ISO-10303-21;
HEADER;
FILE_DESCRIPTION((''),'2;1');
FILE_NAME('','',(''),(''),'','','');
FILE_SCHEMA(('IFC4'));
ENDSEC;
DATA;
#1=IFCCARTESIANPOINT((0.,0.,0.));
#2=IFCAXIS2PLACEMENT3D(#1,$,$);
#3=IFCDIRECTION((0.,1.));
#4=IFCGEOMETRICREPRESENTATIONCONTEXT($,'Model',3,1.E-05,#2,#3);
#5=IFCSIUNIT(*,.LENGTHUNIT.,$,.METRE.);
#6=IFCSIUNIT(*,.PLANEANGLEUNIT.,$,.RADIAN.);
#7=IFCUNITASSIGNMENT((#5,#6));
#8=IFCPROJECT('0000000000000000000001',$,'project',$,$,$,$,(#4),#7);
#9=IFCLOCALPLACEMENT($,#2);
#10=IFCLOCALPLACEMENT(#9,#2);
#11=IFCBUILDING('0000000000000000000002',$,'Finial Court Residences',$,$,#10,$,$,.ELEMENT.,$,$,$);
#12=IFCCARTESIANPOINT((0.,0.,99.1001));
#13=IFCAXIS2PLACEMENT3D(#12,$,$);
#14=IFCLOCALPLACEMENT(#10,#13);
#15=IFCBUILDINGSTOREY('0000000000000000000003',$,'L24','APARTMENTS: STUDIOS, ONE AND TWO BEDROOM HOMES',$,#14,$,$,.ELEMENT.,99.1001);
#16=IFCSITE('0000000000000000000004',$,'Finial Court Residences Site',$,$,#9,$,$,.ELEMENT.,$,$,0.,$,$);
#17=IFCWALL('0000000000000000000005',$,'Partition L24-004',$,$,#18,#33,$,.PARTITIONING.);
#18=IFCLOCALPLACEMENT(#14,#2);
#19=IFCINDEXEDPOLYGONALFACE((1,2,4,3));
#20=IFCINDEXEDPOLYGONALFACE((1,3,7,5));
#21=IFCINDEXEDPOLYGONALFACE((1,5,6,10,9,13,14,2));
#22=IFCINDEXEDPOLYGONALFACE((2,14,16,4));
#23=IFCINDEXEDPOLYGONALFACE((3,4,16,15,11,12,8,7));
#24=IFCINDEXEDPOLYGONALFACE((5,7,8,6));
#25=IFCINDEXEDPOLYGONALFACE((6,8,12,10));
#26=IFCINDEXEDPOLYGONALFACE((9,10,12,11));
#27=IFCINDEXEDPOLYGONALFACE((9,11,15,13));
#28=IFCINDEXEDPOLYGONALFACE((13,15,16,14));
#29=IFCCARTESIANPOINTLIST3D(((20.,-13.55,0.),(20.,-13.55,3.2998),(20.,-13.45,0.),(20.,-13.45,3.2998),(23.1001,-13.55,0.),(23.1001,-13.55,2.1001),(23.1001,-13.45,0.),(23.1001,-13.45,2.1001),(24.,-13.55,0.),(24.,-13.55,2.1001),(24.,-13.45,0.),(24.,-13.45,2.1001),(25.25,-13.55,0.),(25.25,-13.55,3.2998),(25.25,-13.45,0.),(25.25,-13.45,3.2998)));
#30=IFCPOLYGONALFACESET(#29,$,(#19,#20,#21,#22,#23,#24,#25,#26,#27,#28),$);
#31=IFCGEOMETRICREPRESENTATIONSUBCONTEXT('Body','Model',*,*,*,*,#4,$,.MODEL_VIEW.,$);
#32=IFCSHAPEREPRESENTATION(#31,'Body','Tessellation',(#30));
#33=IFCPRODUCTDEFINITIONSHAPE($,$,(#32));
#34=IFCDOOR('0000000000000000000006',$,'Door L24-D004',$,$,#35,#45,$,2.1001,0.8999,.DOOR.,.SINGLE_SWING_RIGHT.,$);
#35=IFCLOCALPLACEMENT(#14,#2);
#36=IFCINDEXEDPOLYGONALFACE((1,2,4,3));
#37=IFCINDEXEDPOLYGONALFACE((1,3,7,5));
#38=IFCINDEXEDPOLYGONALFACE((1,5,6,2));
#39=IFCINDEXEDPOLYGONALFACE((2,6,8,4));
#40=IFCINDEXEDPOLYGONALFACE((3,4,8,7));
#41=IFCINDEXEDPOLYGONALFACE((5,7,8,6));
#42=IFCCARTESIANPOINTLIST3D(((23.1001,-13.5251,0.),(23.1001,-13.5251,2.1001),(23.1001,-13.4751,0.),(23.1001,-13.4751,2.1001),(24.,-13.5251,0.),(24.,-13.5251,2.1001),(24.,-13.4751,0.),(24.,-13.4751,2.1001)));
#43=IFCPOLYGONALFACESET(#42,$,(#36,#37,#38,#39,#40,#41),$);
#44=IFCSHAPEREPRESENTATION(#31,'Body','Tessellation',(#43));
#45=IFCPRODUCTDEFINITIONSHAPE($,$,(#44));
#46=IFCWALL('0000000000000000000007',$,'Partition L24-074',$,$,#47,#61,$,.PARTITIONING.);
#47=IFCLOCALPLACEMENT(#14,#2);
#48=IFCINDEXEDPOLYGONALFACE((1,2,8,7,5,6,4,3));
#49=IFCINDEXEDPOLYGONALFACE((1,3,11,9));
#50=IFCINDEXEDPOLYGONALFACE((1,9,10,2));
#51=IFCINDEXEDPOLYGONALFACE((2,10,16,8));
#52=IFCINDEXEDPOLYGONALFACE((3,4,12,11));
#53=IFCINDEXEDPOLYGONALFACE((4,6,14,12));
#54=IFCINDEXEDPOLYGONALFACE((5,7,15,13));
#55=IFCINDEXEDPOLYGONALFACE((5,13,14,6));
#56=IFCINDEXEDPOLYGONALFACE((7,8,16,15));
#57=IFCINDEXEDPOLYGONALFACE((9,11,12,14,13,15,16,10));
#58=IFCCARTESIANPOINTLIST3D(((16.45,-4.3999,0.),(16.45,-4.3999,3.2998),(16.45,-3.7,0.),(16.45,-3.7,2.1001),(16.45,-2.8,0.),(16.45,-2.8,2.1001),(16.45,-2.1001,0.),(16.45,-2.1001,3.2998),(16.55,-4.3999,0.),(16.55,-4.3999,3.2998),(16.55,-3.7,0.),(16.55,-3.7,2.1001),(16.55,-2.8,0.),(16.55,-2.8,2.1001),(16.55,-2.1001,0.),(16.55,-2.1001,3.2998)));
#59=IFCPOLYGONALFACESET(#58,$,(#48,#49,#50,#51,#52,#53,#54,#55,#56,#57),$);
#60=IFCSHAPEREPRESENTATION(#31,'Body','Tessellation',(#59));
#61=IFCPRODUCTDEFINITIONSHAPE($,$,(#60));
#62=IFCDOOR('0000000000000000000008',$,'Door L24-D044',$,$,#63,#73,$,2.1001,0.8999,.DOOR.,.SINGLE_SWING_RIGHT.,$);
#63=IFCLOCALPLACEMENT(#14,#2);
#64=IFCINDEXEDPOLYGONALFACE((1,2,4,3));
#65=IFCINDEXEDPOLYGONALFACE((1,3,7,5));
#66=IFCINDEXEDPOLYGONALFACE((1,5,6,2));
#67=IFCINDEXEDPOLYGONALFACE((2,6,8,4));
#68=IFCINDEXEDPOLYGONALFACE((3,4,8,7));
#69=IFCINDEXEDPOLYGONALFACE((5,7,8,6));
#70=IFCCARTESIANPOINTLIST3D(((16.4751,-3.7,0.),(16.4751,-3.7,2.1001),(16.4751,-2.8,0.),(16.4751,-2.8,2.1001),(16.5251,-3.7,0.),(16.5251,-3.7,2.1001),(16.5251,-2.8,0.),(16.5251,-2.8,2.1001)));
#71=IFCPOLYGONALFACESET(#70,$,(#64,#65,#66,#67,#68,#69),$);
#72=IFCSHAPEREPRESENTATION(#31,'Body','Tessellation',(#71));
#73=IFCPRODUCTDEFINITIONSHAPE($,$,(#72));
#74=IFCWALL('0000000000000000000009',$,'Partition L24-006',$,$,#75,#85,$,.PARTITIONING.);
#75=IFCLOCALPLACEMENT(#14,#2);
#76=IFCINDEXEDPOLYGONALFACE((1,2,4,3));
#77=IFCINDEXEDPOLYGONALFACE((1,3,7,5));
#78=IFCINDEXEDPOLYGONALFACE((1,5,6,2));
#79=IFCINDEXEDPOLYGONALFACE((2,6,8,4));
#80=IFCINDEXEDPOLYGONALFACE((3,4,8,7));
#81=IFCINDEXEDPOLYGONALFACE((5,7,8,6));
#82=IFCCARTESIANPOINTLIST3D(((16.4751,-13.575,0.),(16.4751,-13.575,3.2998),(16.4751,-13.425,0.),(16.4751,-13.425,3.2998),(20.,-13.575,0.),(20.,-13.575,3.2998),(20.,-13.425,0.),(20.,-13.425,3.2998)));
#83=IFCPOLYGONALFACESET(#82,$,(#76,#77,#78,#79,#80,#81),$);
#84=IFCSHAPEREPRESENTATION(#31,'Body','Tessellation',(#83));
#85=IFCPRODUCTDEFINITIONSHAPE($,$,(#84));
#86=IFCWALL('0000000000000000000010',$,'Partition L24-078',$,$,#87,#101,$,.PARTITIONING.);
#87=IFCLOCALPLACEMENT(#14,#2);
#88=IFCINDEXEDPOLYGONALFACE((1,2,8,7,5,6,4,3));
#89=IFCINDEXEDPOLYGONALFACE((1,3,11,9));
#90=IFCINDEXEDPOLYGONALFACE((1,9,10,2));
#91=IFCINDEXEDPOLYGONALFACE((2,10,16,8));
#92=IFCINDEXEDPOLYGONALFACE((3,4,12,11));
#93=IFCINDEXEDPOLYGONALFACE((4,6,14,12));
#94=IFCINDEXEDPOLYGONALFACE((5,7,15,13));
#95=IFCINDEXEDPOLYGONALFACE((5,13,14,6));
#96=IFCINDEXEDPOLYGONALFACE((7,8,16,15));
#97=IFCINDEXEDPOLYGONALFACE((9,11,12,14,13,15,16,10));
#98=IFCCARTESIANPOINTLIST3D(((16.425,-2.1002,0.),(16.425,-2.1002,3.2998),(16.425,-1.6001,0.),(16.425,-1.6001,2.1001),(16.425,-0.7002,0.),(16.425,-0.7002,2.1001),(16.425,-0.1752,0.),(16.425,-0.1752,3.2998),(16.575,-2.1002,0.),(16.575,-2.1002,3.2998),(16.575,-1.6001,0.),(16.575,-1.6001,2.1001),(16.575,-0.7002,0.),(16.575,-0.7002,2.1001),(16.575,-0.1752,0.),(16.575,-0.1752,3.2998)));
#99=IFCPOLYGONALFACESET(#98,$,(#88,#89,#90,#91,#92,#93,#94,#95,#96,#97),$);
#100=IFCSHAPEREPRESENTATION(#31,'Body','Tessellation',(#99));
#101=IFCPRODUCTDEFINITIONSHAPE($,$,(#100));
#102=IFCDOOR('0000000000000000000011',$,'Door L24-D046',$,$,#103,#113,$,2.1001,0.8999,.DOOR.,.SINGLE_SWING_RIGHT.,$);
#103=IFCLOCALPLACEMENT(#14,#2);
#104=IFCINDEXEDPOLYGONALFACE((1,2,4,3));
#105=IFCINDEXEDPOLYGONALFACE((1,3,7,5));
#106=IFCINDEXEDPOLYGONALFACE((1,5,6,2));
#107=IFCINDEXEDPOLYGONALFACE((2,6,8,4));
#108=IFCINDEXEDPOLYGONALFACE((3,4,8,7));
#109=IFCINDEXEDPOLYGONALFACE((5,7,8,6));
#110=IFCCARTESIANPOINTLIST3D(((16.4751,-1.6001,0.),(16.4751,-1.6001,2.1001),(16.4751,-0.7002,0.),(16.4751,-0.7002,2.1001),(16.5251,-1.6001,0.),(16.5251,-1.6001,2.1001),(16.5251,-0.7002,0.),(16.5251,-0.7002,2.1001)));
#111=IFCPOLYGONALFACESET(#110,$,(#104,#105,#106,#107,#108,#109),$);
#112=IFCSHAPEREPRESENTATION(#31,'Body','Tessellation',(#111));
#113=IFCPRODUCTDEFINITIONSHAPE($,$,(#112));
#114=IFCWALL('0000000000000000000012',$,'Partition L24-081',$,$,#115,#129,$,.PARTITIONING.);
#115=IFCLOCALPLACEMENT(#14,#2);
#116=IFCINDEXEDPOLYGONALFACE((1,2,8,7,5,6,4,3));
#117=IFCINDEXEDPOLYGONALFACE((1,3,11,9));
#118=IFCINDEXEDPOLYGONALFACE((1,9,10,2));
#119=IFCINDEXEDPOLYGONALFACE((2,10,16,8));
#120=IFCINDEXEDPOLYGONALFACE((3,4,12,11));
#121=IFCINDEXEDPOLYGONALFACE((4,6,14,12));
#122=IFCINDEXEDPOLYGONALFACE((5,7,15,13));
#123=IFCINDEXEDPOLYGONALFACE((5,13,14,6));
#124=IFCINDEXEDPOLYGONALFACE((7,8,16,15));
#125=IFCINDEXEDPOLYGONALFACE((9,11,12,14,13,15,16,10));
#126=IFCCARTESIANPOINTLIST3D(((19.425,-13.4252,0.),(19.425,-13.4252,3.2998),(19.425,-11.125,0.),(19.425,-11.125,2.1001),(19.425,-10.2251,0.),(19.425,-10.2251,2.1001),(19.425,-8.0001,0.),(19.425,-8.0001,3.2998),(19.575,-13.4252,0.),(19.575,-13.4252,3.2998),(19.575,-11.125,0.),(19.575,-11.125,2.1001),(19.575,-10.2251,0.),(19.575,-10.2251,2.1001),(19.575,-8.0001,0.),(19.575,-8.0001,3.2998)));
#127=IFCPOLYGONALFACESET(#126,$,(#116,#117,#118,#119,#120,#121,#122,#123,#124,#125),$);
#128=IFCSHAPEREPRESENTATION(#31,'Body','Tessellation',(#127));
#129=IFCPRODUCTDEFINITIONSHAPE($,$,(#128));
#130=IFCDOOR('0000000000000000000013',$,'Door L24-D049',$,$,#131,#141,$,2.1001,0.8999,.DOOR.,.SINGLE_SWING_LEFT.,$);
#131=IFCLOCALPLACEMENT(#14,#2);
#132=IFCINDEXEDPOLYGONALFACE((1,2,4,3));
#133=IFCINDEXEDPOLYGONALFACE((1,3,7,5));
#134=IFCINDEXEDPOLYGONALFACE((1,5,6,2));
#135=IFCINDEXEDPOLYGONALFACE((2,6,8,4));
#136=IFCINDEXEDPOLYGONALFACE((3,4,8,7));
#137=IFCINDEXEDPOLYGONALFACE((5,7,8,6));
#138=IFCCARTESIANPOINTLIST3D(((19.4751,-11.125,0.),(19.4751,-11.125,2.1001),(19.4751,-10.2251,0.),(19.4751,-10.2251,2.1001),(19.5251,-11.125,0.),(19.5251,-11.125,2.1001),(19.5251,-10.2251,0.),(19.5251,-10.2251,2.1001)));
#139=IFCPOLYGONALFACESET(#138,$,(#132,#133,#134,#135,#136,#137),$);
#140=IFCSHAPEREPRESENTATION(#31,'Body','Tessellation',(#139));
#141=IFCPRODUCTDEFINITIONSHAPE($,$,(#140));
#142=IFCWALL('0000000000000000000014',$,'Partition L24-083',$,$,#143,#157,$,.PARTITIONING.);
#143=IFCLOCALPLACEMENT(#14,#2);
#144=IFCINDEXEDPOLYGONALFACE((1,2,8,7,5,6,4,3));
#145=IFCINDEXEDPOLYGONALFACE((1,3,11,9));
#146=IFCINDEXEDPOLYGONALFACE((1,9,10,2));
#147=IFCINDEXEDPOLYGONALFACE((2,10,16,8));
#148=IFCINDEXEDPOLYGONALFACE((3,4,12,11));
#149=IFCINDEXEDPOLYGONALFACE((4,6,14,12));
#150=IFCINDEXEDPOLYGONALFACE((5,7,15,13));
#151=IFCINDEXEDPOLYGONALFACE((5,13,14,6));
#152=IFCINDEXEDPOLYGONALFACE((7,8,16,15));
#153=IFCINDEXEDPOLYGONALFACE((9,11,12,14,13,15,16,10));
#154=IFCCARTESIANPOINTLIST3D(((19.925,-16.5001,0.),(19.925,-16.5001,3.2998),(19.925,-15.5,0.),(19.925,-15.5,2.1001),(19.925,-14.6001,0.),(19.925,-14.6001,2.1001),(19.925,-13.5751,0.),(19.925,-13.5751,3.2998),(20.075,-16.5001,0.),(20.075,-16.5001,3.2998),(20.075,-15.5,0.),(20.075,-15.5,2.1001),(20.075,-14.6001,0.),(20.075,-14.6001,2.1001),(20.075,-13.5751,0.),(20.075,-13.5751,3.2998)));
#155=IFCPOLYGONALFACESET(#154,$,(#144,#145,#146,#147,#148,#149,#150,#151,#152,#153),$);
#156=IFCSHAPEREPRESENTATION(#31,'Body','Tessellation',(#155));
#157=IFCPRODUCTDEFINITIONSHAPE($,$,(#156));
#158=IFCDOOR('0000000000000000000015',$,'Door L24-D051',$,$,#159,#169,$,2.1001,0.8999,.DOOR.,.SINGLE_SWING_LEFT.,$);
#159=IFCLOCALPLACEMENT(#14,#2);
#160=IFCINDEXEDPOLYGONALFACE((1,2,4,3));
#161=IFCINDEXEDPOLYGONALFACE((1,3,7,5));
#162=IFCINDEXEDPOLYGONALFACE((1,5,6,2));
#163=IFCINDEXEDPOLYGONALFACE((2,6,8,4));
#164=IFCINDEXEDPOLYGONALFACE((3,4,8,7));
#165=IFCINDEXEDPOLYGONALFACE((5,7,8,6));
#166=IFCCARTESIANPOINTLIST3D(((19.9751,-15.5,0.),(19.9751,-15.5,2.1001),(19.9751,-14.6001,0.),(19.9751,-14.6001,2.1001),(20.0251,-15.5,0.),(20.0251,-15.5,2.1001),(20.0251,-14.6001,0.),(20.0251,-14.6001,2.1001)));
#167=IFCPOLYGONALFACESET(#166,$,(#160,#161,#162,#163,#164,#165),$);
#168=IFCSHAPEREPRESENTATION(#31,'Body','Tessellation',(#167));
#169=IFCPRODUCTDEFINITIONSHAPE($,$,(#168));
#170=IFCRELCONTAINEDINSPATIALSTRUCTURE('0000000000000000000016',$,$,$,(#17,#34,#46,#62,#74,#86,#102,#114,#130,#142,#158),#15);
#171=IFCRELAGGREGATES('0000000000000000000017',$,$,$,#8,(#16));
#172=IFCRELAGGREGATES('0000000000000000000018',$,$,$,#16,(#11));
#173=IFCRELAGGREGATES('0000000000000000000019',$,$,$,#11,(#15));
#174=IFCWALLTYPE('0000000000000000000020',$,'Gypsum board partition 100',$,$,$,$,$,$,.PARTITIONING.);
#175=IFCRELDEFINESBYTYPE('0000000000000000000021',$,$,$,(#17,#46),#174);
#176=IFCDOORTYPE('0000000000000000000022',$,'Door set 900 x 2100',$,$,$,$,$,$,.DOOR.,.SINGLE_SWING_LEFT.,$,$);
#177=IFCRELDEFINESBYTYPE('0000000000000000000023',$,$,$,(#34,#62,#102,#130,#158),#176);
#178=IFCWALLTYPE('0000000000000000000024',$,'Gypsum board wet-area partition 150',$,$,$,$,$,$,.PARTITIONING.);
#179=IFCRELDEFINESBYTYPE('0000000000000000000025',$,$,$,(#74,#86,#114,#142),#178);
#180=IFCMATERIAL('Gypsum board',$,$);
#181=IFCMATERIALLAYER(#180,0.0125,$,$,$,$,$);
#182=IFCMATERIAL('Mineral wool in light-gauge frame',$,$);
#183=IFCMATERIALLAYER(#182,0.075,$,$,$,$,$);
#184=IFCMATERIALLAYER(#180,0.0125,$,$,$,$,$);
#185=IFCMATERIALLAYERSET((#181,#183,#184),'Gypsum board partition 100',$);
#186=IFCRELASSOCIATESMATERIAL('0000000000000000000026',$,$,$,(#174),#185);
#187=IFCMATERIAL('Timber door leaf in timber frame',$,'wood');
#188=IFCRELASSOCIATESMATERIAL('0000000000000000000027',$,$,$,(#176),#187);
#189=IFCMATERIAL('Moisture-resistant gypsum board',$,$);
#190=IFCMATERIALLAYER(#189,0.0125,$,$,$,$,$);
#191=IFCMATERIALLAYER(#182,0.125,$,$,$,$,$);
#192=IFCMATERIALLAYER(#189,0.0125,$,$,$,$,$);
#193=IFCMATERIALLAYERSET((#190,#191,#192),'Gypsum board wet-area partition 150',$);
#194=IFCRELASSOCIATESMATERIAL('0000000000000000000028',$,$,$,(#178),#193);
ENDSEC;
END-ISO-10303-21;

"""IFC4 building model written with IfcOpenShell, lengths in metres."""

from ifc_helpers import new_model, si_unit, direction, frame, frame_2d, origin, place, context, subcontext, project, spatial, rectangle, extrude, material, layer, layer_set, type_object, element, fill, save


model = new_model("IFC4")

# Units and contexts
model_context = context("Model", 3, precision=1e-05, world=origin(), true_north=direction((0.0, 1.0)))
body_context = subcontext(model_context, "Body", "Model", "MODEL_VIEW")
ifc_project = project(units=[si_unit("LENGTHUNIT", "METRE"), si_unit("PLANEANGLEUNIT", "RADIAN")], contexts=[model_context])

# Site, building, storey
site_placement = place(None, origin())
site = spatial("IfcSite", under=ifc_project, at=site_placement, Name="Finial Court Residences Site", CompositionType="ELEMENT", RefElevation=0.0)
building_placement = place(site_placement, origin())
building = spatial("IfcBuilding", under=site, at=building_placement, Name="Finial Court Residences", CompositionType="ELEMENT")
storey_placement = place(building_placement, frame((0.0, 0.0, 99.1001)))
storey = spatial("IfcBuildingStorey", under=building, at=storey_placement, Name="L24", Description="APARTMENTS: STUDIOS, ONE AND TWO BEDROOM HOMES", CompositionType="ELEMENT", Elevation=99.1001)

# Walls, openings, doors
ifc_material_1 = material(Name="Gypsum board")
ifc_layer_1 = layer(ifc_material_1, 0.0125)
ifc_material_2 = material(Name="Mineral wool in light-gauge frame")
ifc_layer_2 = layer(ifc_material_2, 0.075)
ifc_layer_3 = layer(ifc_material_1, 0.0125)
ifc_layer_set_1 = layer_set([ifc_layer_1, ifc_layer_2, ifc_layer_3], Name="Gypsum board partition 100")
wall_type_1 = type_object("IfcWallType", Name="Gypsum board partition 100", PredefinedType="PARTITIONING", material=ifc_layer_set_1)
wall_1_placement = place(storey_placement, frame((20.0, -13.5, 0.0), z_axis=(0.0, 0.0, 1.0), x_axis=(1.0, 0.0, 0.0)))
wall_1 = element("IfcWall", 1, at=wall_1_placement, inside=storey, type_object=wall_type_1, Name="Partition L24-004", PredefinedType="PARTITIONING", context=body_context, shape_type="SweptSolid", body=[
    extrude(rectangle(XDim=5.25, YDim=0.1001, at=frame_2d((2.625, 0.0))), origin(), (0.0, 0.0, 1.0), 3.2998),
])
opening_1_placement = place(wall_1_placement, frame((3.1001, 0.0, 0.0)))
opening_1 = element("IfcOpeningElement", 2, at=opening_1_placement, cuts=wall_1, PredefinedType="OPENING", context=body_context, shape_type="SweptSolid", body=[
    extrude(rectangle(XDim=0.8999, YDim=2.1001, at=frame_2d((0.45, 1.05))), frame((0.0, 0.0601, 0.0), z_axis=(0.0, -1.0, 0.0), x_axis=(1.0, 0.0, 0.0)), (0.0, 0.0, 1.0), 0.1201),
])
ifc_material_3 = material(Name="Timber door leaf in timber frame", Category="wood")
door_type = type_object("IfcDoorType", Name="Door set 900 x 2100", OperationType="SINGLE_SWING_LEFT", PredefinedType="DOOR", material=ifc_material_3)
door_1_placement = place(opening_1_placement, origin())
door_1 = element("IfcDoor", 3, at=door_1_placement, inside=storey, type_object=door_type, Name="Door L24-D004", OperationType="SINGLE_SWING_RIGHT", OverallHeight=2.1001, OverallWidth=0.8999, PredefinedType="DOOR", context=body_context, shape_type="SweptSolid", body=[
    extrude(rectangle(XDim=0.8999, YDim=2.1001, at=frame_2d((0.45, 1.05))), frame((0.0, 0.0249, 0.0), z_axis=(0.0, -1.0, 0.0), x_axis=(1.0, 0.0, 0.0)), (0.0, 0.0, 1.0), 0.05),
])
fill(opening_1, door_1)
wall_2_placement = place(storey_placement, frame((16.5, -4.3999, 0.0), z_axis=(0.0, 0.0, 1.0), x_axis=(0.0, 1.0, 0.0)))
wall_2 = element("IfcWall", 4, at=wall_2_placement, inside=storey, type_object=wall_type_1, Name="Partition L24-074", PredefinedType="PARTITIONING", context=body_context, shape_type="SweptSolid", body=[
    extrude(rectangle(XDim=2.2998, YDim=0.1001, at=frame_2d((1.1499, 0.0))), origin(), (0.0, 0.0, 1.0), 3.2998),
])
opening_2_placement = place(wall_2_placement, frame((0.7, 0.0, 0.0)))
opening_2 = element("IfcOpeningElement", 5, at=opening_2_placement, cuts=wall_2, PredefinedType="OPENING", context=body_context, shape_type="SweptSolid", body=[
    extrude(rectangle(XDim=0.8999, YDim=2.1001, at=frame_2d((0.45, 1.05))), frame((0.0, 0.0601, 0.0), z_axis=(0.0, -1.0, 0.0), x_axis=(1.0, 0.0, 0.0)), (0.0, 0.0, 1.0), 0.1201),
])
door_2_placement = place(opening_2_placement, origin())
door_2 = element("IfcDoor", 6, at=door_2_placement, inside=storey, type_object=door_type, Name="Door L24-D044", OperationType="SINGLE_SWING_RIGHT", OverallHeight=2.1001, OverallWidth=0.8999, PredefinedType="DOOR", context=body_context, shape_type="SweptSolid", body=[
    extrude(rectangle(XDim=0.8999, YDim=2.1001, at=frame_2d((0.45, 1.05))), frame((0.0, 0.0249, 0.0), z_axis=(0.0, -1.0, 0.0), x_axis=(1.0, 0.0, 0.0)), (0.0, 0.0, 1.0), 0.05),
])
fill(opening_2, door_2)

# Wall
ifc_material_4 = material(Name="Moisture-resistant gypsum board")
ifc_layer_4 = layer(ifc_material_4, 0.0125)
ifc_layer_5 = layer(ifc_material_2, 0.125)
ifc_layer_6 = layer(ifc_material_4, 0.0125)
ifc_layer_set_2 = layer_set([ifc_layer_4, ifc_layer_5, ifc_layer_6], Name="Gypsum board wet-area partition 150")
wall_type_2 = type_object("IfcWallType", Name="Gypsum board wet-area partition 150", PredefinedType="PARTITIONING", material=ifc_layer_set_2)
wall_3_placement = place(storey_placement, frame((16.4751, -13.5, 0.0), z_axis=(0.0, 0.0, 1.0), x_axis=(1.0, 0.0, 0.0)))
element("IfcWall", 7, at=wall_3_placement, inside=storey, type_object=wall_type_2, Name="Partition L24-006", PredefinedType="PARTITIONING", context=body_context, shape_type="SweptSolid", body=[
    extrude(rectangle(XDim=3.5249, YDim=0.1499, at=frame_2d((1.7625, 0.0))), origin(), (0.0, 0.0, 1.0), 3.2998),
])

# Walls, openings, doors
wall_4_placement = place(storey_placement, frame((16.5, -2.1001, 0.0), z_axis=(0.0, 0.0, 1.0), x_axis=(0.0, 1.0, 0.0)))
wall_4 = element("IfcWall", 8, at=wall_4_placement, inside=storey, type_object=wall_type_2, Name="Partition L24-078", PredefinedType="PARTITIONING", context=body_context, shape_type="SweptSolid", body=[
    extrude(rectangle(XDim=1.925, YDim=0.1499, at=frame_2d((0.9624, 0.0))), origin(), (0.0, 0.0, 1.0), 3.2998),
])
opening_3_placement = place(wall_4_placement, frame((0.5, 0.0, 0.0)))
opening_3 = element("IfcOpeningElement", 9, at=opening_3_placement, cuts=wall_4, PredefinedType="OPENING", context=body_context, shape_type="SweptSolid", body=[
    extrude(rectangle(XDim=0.8999, YDim=2.1001, at=frame_2d((0.45, 1.05))), frame((0.0, 0.085, 0.0), z_axis=(0.0, -1.0, 0.0), x_axis=(1.0, 0.0, 0.0)), (0.0, 0.0, 1.0), 0.1699),
])
door_3_placement = place(opening_3_placement, origin())
door_3 = element("IfcDoor", 10, at=door_3_placement, inside=storey, type_object=door_type, Name="Door L24-D046", OperationType="SINGLE_SWING_RIGHT", OverallHeight=2.1001, OverallWidth=0.8999, PredefinedType="DOOR", context=body_context, shape_type="SweptSolid", body=[
    extrude(rectangle(XDim=0.8999, YDim=2.1001, at=frame_2d((0.45, 1.05))), frame((0.0, 0.0249, 0.0), z_axis=(0.0, -1.0, 0.0), x_axis=(1.0, 0.0, 0.0)), (0.0, 0.0, 1.0), 0.05),
])
fill(opening_3, door_3)
wall_5_placement = place(storey_placement, frame((19.5, -13.425, 0.0), z_axis=(0.0, 0.0, 1.0), x_axis=(0.0, 1.0, 0.0)))
wall_5 = element("IfcWall", 11, at=wall_5_placement, inside=storey, type_object=wall_type_2, Name="Partition L24-081", PredefinedType="PARTITIONING", context=body_context, shape_type="SweptSolid", body=[
    extrude(rectangle(XDim=5.425, YDim=0.1499, at=frame_2d((2.7124, 0.0))), origin(), (0.0, 0.0, 1.0), 3.2998),
])
opening_4_placement = place(wall_5_placement, frame((2.3, 0.0, 0.0)))
opening_4 = element("IfcOpeningElement", 12, at=opening_4_placement, cuts=wall_5, PredefinedType="OPENING", context=body_context, shape_type="SweptSolid", body=[
    extrude(rectangle(XDim=0.8999, YDim=2.1001, at=frame_2d((0.45, 1.05))), frame((0.0, 0.085, 0.0), z_axis=(0.0, -1.0, 0.0), x_axis=(1.0, 0.0, 0.0)), (0.0, 0.0, 1.0), 0.1699),
])
door_4_placement = place(opening_4_placement, origin())
door_4 = element("IfcDoor", 13, at=door_4_placement, inside=storey, type_object=door_type, Name="Door L24-D049", OperationType="SINGLE_SWING_LEFT", OverallHeight=2.1001, OverallWidth=0.8999, PredefinedType="DOOR", context=body_context, shape_type="SweptSolid", body=[
    extrude(rectangle(XDim=0.8999, YDim=2.1001, at=frame_2d((0.45, 1.05))), frame((0.0, 0.0249, 0.0), z_axis=(0.0, -1.0, 0.0), x_axis=(1.0, 0.0, 0.0)), (0.0, 0.0, 1.0), 0.05),
])
fill(opening_4, door_4)
wall_6_placement = place(storey_placement, frame((20.0, -16.5, 0.0), z_axis=(0.0, 0.0, 1.0), x_axis=(0.0, 1.0, 0.0)))
wall_6 = element("IfcWall", 14, at=wall_6_placement, inside=storey, type_object=wall_type_2, Name="Partition L24-083", PredefinedType="PARTITIONING", context=body_context, shape_type="SweptSolid", body=[
    extrude(rectangle(XDim=2.925, YDim=0.1499, at=frame_2d((1.4624, 0.0))), origin(), (0.0, 0.0, 1.0), 3.2998),
])
opening_5_placement = place(wall_6_placement, frame((1.0, 0.0, 0.0)))
opening_5 = element("IfcOpeningElement", 15, at=opening_5_placement, cuts=wall_6, PredefinedType="OPENING", context=body_context, shape_type="SweptSolid", body=[
    extrude(rectangle(XDim=0.8999, YDim=2.1001, at=frame_2d((0.45, 1.05))), frame((0.0, 0.085, 0.0), z_axis=(0.0, -1.0, 0.0), x_axis=(1.0, 0.0, 0.0)), (0.0, 0.0, 1.0), 0.1699),
])
door_5_placement = place(opening_5_placement, origin())
door_5 = element("IfcDoor", 16, at=door_5_placement, inside=storey, type_object=door_type, Name="Door L24-D051", OperationType="SINGLE_SWING_LEFT", OverallHeight=2.1001, OverallWidth=0.8999, PredefinedType="DOOR", context=body_context, shape_type="SweptSolid", body=[
    extrude(rectangle(XDim=0.8999, YDim=2.1001, at=frame_2d((0.45, 1.05))), frame((0.0, 0.0249, 0.0), z_axis=(0.0, -1.0, 0.0), x_axis=(1.0, 0.0, 0.0)), (0.0, 0.0, 1.0), 0.05),
])
fill(opening_5, door_5)

save(model, "model.ifc")
